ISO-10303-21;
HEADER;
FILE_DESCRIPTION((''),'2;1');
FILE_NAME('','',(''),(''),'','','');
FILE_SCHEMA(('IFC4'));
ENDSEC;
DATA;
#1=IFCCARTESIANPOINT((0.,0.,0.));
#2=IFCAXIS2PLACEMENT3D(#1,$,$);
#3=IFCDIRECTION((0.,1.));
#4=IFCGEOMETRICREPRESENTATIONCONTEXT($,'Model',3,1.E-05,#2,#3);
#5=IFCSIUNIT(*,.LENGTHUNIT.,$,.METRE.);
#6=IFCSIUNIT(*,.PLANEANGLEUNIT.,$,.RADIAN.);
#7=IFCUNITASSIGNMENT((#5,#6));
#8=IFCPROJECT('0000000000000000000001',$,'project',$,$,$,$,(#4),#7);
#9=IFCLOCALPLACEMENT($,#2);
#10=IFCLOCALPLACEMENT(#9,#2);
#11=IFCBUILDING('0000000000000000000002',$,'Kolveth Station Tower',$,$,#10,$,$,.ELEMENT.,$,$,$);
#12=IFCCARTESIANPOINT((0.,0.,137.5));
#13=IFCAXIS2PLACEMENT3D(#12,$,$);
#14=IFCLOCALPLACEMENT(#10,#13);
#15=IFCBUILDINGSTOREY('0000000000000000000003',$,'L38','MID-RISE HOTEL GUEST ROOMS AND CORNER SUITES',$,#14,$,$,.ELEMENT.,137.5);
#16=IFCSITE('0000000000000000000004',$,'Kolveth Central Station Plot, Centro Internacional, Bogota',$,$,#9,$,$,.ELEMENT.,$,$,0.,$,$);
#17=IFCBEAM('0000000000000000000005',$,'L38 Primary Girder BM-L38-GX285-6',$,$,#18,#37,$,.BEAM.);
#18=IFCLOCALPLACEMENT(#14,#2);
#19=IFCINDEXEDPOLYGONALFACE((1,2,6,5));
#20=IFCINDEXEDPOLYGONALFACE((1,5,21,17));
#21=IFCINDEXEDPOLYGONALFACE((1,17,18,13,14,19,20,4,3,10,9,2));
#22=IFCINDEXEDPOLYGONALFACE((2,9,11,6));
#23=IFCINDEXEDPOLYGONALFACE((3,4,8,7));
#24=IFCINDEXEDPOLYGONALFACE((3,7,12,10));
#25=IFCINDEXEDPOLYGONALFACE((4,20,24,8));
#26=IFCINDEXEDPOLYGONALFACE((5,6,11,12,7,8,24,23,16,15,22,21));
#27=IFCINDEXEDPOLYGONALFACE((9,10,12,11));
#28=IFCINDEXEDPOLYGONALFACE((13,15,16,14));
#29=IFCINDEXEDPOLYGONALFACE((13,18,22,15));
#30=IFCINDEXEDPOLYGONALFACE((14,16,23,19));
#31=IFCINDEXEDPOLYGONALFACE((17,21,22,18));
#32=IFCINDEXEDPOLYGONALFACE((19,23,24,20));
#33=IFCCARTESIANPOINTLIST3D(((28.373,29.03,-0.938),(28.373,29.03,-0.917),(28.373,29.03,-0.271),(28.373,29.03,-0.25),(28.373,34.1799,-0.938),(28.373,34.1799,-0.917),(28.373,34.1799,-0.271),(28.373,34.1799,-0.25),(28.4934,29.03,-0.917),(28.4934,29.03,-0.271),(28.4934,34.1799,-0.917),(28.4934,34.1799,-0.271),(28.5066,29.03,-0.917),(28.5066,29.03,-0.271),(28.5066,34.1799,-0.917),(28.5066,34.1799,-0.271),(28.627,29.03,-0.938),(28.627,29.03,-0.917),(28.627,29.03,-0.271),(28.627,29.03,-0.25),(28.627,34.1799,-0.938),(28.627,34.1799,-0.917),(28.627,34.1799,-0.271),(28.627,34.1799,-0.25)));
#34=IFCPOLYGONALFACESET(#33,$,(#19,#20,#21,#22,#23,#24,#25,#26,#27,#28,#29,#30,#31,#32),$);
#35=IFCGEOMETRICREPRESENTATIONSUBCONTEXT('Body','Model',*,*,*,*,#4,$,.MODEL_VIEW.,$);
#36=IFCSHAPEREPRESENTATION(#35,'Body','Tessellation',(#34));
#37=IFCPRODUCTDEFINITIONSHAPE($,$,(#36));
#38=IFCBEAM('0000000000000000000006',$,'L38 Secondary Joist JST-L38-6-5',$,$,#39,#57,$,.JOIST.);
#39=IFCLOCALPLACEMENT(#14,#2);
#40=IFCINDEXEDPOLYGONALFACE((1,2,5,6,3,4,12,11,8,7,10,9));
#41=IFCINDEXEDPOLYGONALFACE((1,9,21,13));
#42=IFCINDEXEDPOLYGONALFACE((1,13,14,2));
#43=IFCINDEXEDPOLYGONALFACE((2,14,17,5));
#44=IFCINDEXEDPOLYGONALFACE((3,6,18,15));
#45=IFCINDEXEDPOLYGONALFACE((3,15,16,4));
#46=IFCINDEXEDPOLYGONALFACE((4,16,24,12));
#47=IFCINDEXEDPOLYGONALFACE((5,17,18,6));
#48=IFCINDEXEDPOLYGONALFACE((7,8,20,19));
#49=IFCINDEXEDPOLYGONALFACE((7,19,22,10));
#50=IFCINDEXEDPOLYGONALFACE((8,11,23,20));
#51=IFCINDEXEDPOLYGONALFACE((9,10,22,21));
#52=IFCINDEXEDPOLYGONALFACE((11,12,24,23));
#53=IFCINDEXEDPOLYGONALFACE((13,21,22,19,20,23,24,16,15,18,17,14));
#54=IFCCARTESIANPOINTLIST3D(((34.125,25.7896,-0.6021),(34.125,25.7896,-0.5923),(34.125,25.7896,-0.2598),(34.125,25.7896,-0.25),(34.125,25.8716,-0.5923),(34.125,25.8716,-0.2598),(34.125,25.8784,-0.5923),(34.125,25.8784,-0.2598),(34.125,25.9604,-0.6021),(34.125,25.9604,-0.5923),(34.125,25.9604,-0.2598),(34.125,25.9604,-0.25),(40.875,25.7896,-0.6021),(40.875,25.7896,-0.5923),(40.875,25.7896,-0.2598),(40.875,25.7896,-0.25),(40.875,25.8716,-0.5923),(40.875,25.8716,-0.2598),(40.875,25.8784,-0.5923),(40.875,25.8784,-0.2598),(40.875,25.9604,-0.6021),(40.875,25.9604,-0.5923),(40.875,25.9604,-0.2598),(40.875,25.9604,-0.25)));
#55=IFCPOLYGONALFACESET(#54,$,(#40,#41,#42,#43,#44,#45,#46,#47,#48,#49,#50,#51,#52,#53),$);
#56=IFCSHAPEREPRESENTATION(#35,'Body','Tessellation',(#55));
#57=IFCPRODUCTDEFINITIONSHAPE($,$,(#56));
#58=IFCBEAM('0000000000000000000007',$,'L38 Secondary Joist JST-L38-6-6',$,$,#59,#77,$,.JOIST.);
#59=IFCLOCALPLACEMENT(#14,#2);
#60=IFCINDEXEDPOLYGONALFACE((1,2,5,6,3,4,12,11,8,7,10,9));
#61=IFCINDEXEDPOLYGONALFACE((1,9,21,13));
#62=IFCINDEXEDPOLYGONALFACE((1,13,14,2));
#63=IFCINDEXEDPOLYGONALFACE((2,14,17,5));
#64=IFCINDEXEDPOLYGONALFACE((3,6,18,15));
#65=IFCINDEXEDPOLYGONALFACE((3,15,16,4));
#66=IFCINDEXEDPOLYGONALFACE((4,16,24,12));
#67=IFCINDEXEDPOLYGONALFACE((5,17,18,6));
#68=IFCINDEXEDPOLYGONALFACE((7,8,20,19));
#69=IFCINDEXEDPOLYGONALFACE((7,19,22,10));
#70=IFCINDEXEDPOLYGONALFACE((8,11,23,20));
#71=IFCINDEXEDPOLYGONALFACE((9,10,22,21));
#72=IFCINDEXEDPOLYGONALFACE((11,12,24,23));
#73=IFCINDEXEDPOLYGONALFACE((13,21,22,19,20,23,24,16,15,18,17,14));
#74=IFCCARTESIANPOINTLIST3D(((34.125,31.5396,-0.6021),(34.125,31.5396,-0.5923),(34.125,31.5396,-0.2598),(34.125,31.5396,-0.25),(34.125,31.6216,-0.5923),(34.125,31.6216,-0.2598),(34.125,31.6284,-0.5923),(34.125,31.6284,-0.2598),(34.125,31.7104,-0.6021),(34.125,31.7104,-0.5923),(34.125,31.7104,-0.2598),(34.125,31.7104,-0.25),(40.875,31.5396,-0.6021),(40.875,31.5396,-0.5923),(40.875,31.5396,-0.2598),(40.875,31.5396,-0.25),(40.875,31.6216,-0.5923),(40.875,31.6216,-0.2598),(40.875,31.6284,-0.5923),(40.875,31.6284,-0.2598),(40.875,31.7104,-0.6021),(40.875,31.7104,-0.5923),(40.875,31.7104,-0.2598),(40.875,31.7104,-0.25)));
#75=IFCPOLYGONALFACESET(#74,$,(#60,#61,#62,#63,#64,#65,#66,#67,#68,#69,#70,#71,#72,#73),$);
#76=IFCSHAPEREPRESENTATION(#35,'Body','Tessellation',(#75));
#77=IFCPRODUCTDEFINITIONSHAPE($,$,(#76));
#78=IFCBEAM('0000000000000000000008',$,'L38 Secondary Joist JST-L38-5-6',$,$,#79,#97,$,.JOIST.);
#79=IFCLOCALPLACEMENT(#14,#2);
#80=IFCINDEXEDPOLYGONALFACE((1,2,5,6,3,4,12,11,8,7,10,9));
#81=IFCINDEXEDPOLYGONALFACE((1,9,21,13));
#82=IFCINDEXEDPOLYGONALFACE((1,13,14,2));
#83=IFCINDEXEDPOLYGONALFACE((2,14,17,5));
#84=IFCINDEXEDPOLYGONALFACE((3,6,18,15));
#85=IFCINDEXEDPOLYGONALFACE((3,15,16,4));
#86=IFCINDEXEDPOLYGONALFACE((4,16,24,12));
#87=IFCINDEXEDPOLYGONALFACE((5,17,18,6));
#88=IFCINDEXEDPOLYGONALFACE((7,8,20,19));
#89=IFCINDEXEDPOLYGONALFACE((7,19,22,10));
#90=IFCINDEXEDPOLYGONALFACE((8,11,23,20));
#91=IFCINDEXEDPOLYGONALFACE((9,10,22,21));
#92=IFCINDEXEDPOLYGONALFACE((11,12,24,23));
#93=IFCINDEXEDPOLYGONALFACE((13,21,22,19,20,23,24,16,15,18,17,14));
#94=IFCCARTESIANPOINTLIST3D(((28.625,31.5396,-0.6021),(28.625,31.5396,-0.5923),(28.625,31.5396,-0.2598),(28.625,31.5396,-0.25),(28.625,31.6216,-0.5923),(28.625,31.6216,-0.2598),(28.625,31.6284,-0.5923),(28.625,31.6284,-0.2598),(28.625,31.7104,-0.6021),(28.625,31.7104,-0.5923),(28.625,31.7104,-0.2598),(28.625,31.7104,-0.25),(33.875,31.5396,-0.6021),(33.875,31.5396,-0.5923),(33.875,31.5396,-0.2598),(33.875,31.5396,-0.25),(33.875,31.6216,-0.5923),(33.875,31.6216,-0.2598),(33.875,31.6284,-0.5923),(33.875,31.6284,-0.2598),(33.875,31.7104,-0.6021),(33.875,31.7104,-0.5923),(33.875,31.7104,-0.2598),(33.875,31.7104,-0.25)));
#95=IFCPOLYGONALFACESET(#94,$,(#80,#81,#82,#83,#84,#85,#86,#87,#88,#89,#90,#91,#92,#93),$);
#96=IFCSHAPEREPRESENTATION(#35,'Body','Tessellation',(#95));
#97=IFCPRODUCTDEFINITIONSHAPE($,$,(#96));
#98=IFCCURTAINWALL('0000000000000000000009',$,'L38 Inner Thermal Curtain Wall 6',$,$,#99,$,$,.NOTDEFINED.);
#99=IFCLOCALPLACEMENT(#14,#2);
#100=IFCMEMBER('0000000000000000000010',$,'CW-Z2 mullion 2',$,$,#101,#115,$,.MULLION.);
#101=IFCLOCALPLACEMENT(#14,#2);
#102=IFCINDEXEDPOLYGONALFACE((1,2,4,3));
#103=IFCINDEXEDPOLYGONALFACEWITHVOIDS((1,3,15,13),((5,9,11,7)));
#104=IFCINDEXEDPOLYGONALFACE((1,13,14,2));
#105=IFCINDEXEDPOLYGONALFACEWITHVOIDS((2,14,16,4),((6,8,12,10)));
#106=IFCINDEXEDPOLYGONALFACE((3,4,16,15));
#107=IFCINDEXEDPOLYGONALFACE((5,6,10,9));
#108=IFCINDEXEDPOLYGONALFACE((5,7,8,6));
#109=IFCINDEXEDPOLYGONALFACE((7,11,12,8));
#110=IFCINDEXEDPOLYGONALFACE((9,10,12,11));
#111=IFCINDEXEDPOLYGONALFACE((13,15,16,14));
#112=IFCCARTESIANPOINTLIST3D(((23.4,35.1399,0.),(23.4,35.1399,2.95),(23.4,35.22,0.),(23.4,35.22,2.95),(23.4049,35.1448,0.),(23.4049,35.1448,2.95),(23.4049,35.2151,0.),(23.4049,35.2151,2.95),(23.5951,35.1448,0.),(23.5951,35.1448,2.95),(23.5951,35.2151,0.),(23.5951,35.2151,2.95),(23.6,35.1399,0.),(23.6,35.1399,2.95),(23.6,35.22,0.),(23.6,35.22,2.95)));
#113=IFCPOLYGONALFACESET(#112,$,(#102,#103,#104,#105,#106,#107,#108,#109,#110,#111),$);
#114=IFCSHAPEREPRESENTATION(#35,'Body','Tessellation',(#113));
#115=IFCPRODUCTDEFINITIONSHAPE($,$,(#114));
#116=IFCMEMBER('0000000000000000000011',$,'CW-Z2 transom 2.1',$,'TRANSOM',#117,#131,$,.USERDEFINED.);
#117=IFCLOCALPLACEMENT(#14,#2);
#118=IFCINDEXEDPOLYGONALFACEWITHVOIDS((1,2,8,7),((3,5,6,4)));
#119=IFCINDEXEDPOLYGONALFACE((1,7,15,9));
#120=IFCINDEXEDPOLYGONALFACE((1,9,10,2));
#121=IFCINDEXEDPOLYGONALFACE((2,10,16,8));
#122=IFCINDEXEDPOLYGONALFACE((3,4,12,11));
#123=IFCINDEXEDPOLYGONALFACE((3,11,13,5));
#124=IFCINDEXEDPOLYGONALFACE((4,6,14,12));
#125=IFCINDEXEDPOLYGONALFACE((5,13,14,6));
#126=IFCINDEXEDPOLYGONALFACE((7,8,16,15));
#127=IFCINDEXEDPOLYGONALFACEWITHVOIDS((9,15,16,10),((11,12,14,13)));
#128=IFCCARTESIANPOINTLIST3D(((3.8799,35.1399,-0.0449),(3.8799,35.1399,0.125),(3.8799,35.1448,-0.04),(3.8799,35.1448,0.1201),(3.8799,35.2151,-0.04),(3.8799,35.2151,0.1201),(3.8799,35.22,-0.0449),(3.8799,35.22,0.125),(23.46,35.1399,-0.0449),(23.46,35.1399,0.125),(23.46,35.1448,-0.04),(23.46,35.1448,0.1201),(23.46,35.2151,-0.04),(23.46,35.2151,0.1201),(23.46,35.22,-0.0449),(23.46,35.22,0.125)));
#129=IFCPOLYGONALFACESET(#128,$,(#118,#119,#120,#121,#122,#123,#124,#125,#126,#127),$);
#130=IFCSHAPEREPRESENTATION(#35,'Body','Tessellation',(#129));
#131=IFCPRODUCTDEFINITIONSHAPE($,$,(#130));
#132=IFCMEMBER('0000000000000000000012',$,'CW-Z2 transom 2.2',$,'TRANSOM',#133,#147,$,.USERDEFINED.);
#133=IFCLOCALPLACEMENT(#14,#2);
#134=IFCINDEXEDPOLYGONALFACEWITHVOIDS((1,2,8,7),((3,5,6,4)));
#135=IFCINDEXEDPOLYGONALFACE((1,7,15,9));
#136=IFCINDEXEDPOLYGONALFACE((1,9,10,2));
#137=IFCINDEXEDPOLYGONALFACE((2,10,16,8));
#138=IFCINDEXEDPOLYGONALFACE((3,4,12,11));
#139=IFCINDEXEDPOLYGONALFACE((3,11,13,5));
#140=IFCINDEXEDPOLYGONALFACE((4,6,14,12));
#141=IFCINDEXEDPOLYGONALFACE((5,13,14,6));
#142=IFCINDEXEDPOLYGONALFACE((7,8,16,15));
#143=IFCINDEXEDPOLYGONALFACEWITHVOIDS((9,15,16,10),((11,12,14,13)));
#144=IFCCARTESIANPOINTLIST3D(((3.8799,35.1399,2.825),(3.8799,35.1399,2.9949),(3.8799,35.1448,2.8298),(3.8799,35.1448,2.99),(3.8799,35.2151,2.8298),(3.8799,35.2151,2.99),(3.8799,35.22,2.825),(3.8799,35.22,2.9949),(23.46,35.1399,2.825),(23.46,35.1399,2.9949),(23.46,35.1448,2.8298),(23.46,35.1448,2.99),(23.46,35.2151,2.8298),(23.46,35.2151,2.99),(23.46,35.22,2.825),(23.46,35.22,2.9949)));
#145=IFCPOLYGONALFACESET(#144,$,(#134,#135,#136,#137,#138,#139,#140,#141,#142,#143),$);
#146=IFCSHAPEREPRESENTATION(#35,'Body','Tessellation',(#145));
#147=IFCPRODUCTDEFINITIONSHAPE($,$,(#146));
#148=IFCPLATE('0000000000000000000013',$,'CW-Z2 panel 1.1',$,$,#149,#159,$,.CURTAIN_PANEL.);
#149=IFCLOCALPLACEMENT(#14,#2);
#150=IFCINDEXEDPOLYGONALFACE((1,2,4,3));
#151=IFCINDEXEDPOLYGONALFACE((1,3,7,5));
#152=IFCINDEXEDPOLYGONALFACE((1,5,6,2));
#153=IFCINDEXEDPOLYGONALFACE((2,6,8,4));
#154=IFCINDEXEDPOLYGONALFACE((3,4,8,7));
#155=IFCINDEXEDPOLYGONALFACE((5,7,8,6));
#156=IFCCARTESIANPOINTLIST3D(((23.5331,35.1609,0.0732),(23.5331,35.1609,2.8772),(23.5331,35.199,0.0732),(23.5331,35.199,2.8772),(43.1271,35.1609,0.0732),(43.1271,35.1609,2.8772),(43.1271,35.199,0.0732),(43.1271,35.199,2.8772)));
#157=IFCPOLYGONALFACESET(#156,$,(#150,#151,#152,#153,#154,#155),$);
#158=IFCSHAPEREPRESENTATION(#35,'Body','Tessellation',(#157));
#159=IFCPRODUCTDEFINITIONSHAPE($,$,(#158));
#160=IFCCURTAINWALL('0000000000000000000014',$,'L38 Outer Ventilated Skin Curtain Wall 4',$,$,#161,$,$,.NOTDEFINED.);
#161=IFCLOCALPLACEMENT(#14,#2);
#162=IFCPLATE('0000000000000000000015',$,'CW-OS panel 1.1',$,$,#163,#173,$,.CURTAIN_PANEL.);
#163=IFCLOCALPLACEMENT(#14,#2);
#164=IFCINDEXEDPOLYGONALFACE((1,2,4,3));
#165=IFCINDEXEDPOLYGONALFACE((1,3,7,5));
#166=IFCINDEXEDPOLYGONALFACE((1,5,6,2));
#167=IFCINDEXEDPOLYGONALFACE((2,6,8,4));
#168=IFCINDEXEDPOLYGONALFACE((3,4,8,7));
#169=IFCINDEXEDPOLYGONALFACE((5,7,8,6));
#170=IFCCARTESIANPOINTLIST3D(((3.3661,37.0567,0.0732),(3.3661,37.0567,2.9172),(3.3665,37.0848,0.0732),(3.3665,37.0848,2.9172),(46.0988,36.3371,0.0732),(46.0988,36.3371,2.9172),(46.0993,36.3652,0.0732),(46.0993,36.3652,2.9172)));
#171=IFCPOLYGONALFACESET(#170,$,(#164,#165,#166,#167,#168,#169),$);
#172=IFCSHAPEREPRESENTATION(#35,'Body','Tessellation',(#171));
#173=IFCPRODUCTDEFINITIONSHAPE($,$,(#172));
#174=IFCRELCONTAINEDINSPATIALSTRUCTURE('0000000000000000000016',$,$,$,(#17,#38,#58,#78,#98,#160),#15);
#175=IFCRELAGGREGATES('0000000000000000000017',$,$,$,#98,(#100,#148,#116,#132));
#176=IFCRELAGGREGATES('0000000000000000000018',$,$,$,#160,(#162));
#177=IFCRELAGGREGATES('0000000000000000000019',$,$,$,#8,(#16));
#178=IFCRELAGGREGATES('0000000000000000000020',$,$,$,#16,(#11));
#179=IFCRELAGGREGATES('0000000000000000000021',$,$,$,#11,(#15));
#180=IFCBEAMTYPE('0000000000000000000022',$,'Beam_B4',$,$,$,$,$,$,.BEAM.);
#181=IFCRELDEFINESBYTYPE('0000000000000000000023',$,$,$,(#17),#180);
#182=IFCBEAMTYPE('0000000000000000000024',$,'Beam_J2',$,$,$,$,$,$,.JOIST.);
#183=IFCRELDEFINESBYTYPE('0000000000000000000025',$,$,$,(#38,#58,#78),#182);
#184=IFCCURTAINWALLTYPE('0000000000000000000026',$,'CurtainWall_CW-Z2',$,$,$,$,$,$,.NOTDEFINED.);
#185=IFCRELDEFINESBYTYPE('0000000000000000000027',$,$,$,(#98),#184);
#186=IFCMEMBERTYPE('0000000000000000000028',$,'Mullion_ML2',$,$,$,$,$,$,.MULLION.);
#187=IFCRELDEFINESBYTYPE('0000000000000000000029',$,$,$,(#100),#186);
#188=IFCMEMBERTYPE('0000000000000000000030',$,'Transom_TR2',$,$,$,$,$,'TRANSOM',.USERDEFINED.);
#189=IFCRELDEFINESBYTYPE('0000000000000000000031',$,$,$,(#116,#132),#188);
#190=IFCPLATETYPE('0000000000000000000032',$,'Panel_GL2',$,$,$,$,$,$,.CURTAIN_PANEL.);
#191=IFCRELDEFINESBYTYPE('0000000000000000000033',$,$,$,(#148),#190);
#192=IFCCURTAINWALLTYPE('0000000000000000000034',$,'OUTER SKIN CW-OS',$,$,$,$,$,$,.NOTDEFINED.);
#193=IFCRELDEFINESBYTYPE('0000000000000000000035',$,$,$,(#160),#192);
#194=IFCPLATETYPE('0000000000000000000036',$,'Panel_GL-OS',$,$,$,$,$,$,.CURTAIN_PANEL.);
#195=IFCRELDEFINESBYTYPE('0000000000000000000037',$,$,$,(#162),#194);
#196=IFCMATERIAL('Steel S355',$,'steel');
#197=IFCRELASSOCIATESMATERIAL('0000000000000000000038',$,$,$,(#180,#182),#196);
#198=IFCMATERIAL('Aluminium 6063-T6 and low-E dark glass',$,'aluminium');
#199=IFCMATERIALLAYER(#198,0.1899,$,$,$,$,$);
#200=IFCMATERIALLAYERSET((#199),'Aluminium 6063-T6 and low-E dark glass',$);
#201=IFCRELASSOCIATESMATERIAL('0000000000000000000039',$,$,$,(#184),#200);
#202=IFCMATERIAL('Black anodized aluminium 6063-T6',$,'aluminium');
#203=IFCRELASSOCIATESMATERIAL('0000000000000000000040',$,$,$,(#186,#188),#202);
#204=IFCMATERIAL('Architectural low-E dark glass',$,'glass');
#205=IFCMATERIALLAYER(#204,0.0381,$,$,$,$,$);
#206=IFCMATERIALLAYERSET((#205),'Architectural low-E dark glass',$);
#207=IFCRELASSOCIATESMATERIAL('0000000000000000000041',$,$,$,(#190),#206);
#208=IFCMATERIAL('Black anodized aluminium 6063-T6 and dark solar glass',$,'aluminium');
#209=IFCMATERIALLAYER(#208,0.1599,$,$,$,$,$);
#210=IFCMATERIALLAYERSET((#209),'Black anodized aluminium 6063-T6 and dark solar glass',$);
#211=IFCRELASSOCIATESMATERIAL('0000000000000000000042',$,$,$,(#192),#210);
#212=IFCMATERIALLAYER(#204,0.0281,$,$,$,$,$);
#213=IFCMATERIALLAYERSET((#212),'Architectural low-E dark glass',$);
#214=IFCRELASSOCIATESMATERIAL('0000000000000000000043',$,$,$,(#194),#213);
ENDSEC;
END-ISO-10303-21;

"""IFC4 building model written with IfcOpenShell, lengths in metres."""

from ifc_helpers import new_model, si_unit, direction, frame, origin, origin_2d, place, context, subcontext, project, spatial, rectangle, hollow_rectangle, i_section, extrude, source, transform, mapped, material, layer, layer_set, material_profile, profile_set, type_object, element, aggregate, save


model = new_model("IFC4")

# Units and contexts
model_context = context("Model", 3, precision=1e-05, world=origin(), true_north=direction((0.0, 1.0)))
body_context = subcontext(model_context, "Body", "Model", "MODEL_VIEW")
ifc_project = project(units=[si_unit("LENGTHUNIT", "METRE"), si_unit("PLANEANGLEUNIT", "RADIAN")], contexts=[model_context])

# Site, building, storey
site_placement = place(None, origin())
site = spatial("IfcSite", under=ifc_project, at=site_placement, Name="Kolveth Central Station Plot, Centro Internacional, Bogota", CompositionType="ELEMENT", RefElevation=0.0)
building_placement = place(site_placement, origin())
building = spatial("IfcBuilding", under=site, at=building_placement, Name="Kolveth Station Tower", CompositionType="ELEMENT")
storey_placement = place(building_placement, frame((0.0, 0.0, 137.5)))
storey = spatial("IfcBuildingStorey", under=building, at=storey_placement, Name="L38", Description="MID-RISE HOTEL GUEST ROOMS AND CORNER SUITES", CompositionType="ELEMENT", Elevation=137.5)

# Shared definitions
ifc_material_1 = material(Name="Steel S355", Category="steel")

# Beams
ifc_material_profile_1 = material_profile(ifc_material_1, i_section(OverallWidth=0.2539, OverallDepth=0.688, WebThickness=0.0132, FlangeThickness=0.021, at=origin_2d()), Name="W690x152")
ifc_profile_set_1 = profile_set([ifc_material_profile_1], Name="Steel S355")
beam_type_1 = type_object("IfcBeamType", Name="Beam_B4", PredefinedType="BEAM", material=ifc_profile_set_1)
shared_shape_1 = source(origin(), body_context, "Body", "SweptSolid", [
    extrude(i_section(OverallWidth=0.2539, OverallDepth=0.688, WebThickness=0.0132, FlangeThickness=0.021, at=origin_2d()), origin(), (0.0, 0.0, 1.0), 5.1499),
])
beam_1_placement = place(storey_placement, frame((28.5, 29.03, -0.594), z_axis=(0.0, 1.0, 0.0), x_axis=(-1.0, 0.0, 0.0)))
element("IfcBeam", 1, at=beam_1_placement, inside=storey, type_object=beam_type_1, Name="L38 Primary Girder BM-L38-GX285-6", PredefinedType="BEAM", context=body_context, shape_type="MappedRepresentation", body=[
    mapped(shared_shape_1, transform((0.0, 0.0, 0.0), x_axis=(1.0, 0.0, 0.0), y_axis=(0.0, 1.0, 0.0), z_axis=(0.0, 0.0, 1.0), scale=1.0)),
])
ifc_material_profile_2 = material_profile(ifc_material_1, i_section(OverallWidth=0.1709, OverallDepth=0.3521, WebThickness=0.0068, FlangeThickness=0.0098, at=origin_2d()), Name="W360x44")
ifc_profile_set_2 = profile_set([ifc_material_profile_2], Name="Steel S355")
beam_type_2 = type_object("IfcBeamType", Name="Beam_J2", PredefinedType="JOIST", material=ifc_profile_set_2)
shared_shape_2 = source(origin(), body_context, "Body", "SweptSolid", [
    extrude(i_section(OverallWidth=0.1709, OverallDepth=0.3521, WebThickness=0.0068, FlangeThickness=0.0098, at=origin_2d()), origin(), (0.0, 0.0, 1.0), 6.75),
])
for number, where, z_axis, x_axis, name in (
    (2, (34.125, 25.875, -0.426), (1.0, 0.0, 0.0), (0.0, 1.0, 0.0), "L38 Secondary Joist JST-L38-6-5"),
    (3, (34.125, 31.625, -0.426), (1.0, 0.0, 0.0), (0.0, 1.0, 0.0), "L38 Secondary Joist JST-L38-6-6"),
):
    element("IfcBeam", number, at=place(storey_placement, frame(where, z_axis=z_axis, x_axis=x_axis)), inside=storey, type_object=beam_type_2, Name=name, PredefinedType="JOIST", context=body_context, shape_type="MappedRepresentation", body=[
        mapped(shared_shape_2, transform((0.0, 0.0, 0.0), x_axis=(1.0, 0.0, 0.0), y_axis=(0.0, 1.0, 0.0), z_axis=(0.0, 0.0, 1.0), scale=1.0)),
    ])
shared_shape_3 = source(origin(), body_context, "Body", "SweptSolid", [
    extrude(i_section(OverallWidth=0.1709, OverallDepth=0.3521, WebThickness=0.0068, FlangeThickness=0.0098, at=origin_2d()), origin(), (0.0, 0.0, 1.0), 5.25),
])
beam_2_placement = place(storey_placement, frame((28.625, 31.625, -0.426), z_axis=(1.0, 0.0, 0.0), x_axis=(0.0, 1.0, 0.0)))
element("IfcBeam", 4, at=beam_2_placement, inside=storey, type_object=beam_type_2, Name="L38 Secondary Joist JST-L38-5-6", PredefinedType="JOIST", context=body_context, shape_type="MappedRepresentation", body=[
    mapped(shared_shape_3, transform((0.0, 0.0, 0.0), x_axis=(1.0, 0.0, 0.0), y_axis=(0.0, 1.0, 0.0), z_axis=(0.0, 0.0, 1.0), scale=1.0)),
])

# Curtain wall, members, plate
ifc_material_2 = material(Name="Aluminium 6063-T6 and low-E dark glass", Category="aluminium")
ifc_layer_1 = layer(ifc_material_2, 0.1899)
ifc_layer_set_1 = layer_set([ifc_layer_1], Name="Aluminium 6063-T6 and low-E dark glass")
curtain_wall_type_1 = type_object("IfcCurtainWallType", Name="CurtainWall_CW-Z2", PredefinedType="NOTDEFINED", material=ifc_layer_set_1)
curtain_wall_1_placement = place(storey_placement, origin())
curtain_wall_1 = element("IfcCurtainWall", 5, at=curtain_wall_1_placement, inside=storey, type_object=curtain_wall_type_1, Name="L38 Inner Thermal Curtain Wall 6", PredefinedType="NOTDEFINED")
ifc_material_3 = material(Name="Black anodized aluminium 6063-T6", Category="aluminium")
ifc_material_profile_3 = material_profile(ifc_material_3, hollow_rectangle(XDim=0.0801, YDim=0.2, WallThickness=0.0049, at=origin_2d()), Name="ALU-80x200x5")
ifc_profile_set_3 = profile_set([ifc_material_profile_3], Name="Black anodized aluminium 6063-T6")
member_type_1 = type_object("IfcMemberType", Name="Mullion_ML2", PredefinedType="MULLION", material=ifc_profile_set_3)
shared_shape_4 = source(origin(), body_context, "Body", "SweptSolid", [
    extrude(hollow_rectangle(XDim=0.0801, YDim=0.2, WallThickness=0.0049, at=origin_2d()), origin(), (0.0, 0.0, 1.0), 2.95),
])
member_1_placement = place(storey_placement, frame((23.5, 35.1799, 0.0), z_axis=(0.0, 0.0, 1.0), x_axis=(0.0, -1.0, 0.0)))
member_1 = element("IfcMember", 6, at=member_1_placement, type_object=member_type_1, Name="CW-Z2 mullion 2", PredefinedType="MULLION", context=body_context, shape_type="MappedRepresentation", body=[
    mapped(shared_shape_4, transform((0.0, 0.0, 0.0), x_axis=(1.0, 0.0, 0.0), y_axis=(0.0, 1.0, 0.0), z_axis=(0.0, 0.0, 1.0), scale=1.0)),
])
ifc_material_profile_4 = material_profile(ifc_material_3, hollow_rectangle(XDim=0.0801, YDim=0.1699, WallThickness=0.0049, at=origin_2d()), Name="ALU-80x170x5")
ifc_profile_set_4 = profile_set([ifc_material_profile_4], Name="Black anodized aluminium 6063-T6")
member_type_2 = type_object("IfcMemberType", Name="Transom_TR2", ElementType="TRANSOM", PredefinedType="USERDEFINED", material=ifc_profile_set_4)
shared_shape_5 = source(origin(), body_context, "Body", "SweptSolid", [
    extrude(hollow_rectangle(XDim=0.0801, YDim=0.1699, WallThickness=0.0049, at=origin_2d()), origin(), (0.0, 0.0, 1.0), 19.5801),
])
member_2_placement = place(storey_placement, frame((23.46, 35.1799, 0.04), z_axis=(-1.0, 0.0, 0.0), x_axis=(0.0, -1.0, 0.0)))
member_2 = element("IfcMember", 7, at=member_2_placement, type_object=member_type_2, Name="CW-Z2 transom 2.1", ObjectType="TRANSOM", PredefinedType="USERDEFINED", context=body_context, shape_type="MappedRepresentation", body=[
    mapped(shared_shape_5, transform((0.0, 0.0, 0.0), x_axis=(1.0, 0.0, 0.0), y_axis=(0.0, 1.0, 0.0), z_axis=(0.0, 0.0, 1.0), scale=1.0)),
])
member_3_placement = place(storey_placement, frame((23.46, 35.1799, 2.9099), z_axis=(-1.0, 0.0, 0.0), x_axis=(0.0, -1.0, 0.0)))
member_3 = element("IfcMember", 8, at=member_3_placement, type_object=member_type_2, Name="CW-Z2 transom 2.2", ObjectType="TRANSOM", PredefinedType="USERDEFINED", context=body_context, shape_type="MappedRepresentation", body=[
    mapped(shared_shape_5, transform((0.0, 0.0, 0.0), x_axis=(1.0, 0.0, 0.0), y_axis=(0.0, 1.0, 0.0), z_axis=(0.0, 0.0, 1.0), scale=1.0)),
])
ifc_material_4 = material(Name="Architectural low-E dark glass", Category="glass")
ifc_layer_2 = layer(ifc_material_4, 0.0381)
ifc_layer_set_2 = layer_set([ifc_layer_2], Name="Architectural low-E dark glass")
plate_type_1 = type_object("IfcPlateType", Name="Panel_GL2", PredefinedType="CURTAIN_PANEL", material=ifc_layer_set_2)
shared_shape_6 = source(origin(), body_context, "Body", "SweptSolid", [
    extrude(rectangle(XDim=19.594, YDim=0.0381, at=origin_2d()), origin(), (0.0, 0.0, 1.0), 2.804),
])
plate_1_placement = place(storey_placement, frame((33.3301, 35.1799, 0.0732), z_axis=(0.0, 0.0, 1.0), x_axis=(-1.0, 0.0, 0.0)))
plate_1 = element("IfcPlate", 9, at=plate_1_placement, type_object=plate_type_1, Name="CW-Z2 panel 1.1", PredefinedType="CURTAIN_PANEL", context=body_context, shape_type="MappedRepresentation", body=[
    mapped(shared_shape_6, transform((0.0, 0.0, 0.0), x_axis=(1.0, 0.0, 0.0), y_axis=(0.0, 1.0, 0.0), z_axis=(0.0, 0.0, 1.0), scale=1.0)),
])
aggregate(curtain_wall_1, [member_1, plate_1, member_2, member_3])

# Curtain wall, plate
ifc_material_5 = material(Name="Black anodized aluminium 6063-T6 and dark solar glass", Category="aluminium")
ifc_layer_3 = layer(ifc_material_5, 0.1599)
ifc_layer_set_3 = layer_set([ifc_layer_3], Name="Black anodized aluminium 6063-T6 and dark solar glass")
curtain_wall_type_2 = type_object("IfcCurtainWallType", Name="OUTER SKIN CW-OS", PredefinedType="NOTDEFINED", material=ifc_layer_set_3)
curtain_wall_2_placement = place(storey_placement, origin())
curtain_wall_2 = element("IfcCurtainWall", 10, at=curtain_wall_2_placement, inside=storey, type_object=curtain_wall_type_2, Name="L38 Outer Ventilated Skin Curtain Wall 4", PredefinedType="NOTDEFINED")
ifc_layer_4 = layer(ifc_material_4, 0.0281)
ifc_layer_set_4 = layer_set([ifc_layer_4], Name="Architectural low-E dark glass")
plate_type_2 = type_object("IfcPlateType", Name="Panel_GL-OS", PredefinedType="CURTAIN_PANEL", material=ifc_layer_set_4)
shared_shape_7 = source(origin(), body_context, "Body", "SweptSolid", [
    extrude(rectangle(XDim=42.7388, YDim=0.0281, at=origin_2d()), origin(), (0.0, 0.0, 1.0), 2.844),
])
plate_2_placement = place(storey_placement, frame((24.7327, 36.7109, 0.0732), z_axis=(0.0, 0.0, 1.0), x_axis=(-0.999858, 0.016837, 0.0)))
plate_2 = element("IfcPlate", 11, at=plate_2_placement, type_object=plate_type_2, Name="CW-OS panel 1.1", PredefinedType="CURTAIN_PANEL", context=body_context, shape_type="MappedRepresentation", body=[
    mapped(shared_shape_7, transform((0.0, 0.0, 0.0), x_axis=(1.0, 0.0, 0.0), y_axis=(0.0, 1.0, 0.0), z_axis=(0.0, 0.0, 1.0), scale=1.0)),
])
aggregate(curtain_wall_2, [plate_2])

save(model, "model.ifc")
